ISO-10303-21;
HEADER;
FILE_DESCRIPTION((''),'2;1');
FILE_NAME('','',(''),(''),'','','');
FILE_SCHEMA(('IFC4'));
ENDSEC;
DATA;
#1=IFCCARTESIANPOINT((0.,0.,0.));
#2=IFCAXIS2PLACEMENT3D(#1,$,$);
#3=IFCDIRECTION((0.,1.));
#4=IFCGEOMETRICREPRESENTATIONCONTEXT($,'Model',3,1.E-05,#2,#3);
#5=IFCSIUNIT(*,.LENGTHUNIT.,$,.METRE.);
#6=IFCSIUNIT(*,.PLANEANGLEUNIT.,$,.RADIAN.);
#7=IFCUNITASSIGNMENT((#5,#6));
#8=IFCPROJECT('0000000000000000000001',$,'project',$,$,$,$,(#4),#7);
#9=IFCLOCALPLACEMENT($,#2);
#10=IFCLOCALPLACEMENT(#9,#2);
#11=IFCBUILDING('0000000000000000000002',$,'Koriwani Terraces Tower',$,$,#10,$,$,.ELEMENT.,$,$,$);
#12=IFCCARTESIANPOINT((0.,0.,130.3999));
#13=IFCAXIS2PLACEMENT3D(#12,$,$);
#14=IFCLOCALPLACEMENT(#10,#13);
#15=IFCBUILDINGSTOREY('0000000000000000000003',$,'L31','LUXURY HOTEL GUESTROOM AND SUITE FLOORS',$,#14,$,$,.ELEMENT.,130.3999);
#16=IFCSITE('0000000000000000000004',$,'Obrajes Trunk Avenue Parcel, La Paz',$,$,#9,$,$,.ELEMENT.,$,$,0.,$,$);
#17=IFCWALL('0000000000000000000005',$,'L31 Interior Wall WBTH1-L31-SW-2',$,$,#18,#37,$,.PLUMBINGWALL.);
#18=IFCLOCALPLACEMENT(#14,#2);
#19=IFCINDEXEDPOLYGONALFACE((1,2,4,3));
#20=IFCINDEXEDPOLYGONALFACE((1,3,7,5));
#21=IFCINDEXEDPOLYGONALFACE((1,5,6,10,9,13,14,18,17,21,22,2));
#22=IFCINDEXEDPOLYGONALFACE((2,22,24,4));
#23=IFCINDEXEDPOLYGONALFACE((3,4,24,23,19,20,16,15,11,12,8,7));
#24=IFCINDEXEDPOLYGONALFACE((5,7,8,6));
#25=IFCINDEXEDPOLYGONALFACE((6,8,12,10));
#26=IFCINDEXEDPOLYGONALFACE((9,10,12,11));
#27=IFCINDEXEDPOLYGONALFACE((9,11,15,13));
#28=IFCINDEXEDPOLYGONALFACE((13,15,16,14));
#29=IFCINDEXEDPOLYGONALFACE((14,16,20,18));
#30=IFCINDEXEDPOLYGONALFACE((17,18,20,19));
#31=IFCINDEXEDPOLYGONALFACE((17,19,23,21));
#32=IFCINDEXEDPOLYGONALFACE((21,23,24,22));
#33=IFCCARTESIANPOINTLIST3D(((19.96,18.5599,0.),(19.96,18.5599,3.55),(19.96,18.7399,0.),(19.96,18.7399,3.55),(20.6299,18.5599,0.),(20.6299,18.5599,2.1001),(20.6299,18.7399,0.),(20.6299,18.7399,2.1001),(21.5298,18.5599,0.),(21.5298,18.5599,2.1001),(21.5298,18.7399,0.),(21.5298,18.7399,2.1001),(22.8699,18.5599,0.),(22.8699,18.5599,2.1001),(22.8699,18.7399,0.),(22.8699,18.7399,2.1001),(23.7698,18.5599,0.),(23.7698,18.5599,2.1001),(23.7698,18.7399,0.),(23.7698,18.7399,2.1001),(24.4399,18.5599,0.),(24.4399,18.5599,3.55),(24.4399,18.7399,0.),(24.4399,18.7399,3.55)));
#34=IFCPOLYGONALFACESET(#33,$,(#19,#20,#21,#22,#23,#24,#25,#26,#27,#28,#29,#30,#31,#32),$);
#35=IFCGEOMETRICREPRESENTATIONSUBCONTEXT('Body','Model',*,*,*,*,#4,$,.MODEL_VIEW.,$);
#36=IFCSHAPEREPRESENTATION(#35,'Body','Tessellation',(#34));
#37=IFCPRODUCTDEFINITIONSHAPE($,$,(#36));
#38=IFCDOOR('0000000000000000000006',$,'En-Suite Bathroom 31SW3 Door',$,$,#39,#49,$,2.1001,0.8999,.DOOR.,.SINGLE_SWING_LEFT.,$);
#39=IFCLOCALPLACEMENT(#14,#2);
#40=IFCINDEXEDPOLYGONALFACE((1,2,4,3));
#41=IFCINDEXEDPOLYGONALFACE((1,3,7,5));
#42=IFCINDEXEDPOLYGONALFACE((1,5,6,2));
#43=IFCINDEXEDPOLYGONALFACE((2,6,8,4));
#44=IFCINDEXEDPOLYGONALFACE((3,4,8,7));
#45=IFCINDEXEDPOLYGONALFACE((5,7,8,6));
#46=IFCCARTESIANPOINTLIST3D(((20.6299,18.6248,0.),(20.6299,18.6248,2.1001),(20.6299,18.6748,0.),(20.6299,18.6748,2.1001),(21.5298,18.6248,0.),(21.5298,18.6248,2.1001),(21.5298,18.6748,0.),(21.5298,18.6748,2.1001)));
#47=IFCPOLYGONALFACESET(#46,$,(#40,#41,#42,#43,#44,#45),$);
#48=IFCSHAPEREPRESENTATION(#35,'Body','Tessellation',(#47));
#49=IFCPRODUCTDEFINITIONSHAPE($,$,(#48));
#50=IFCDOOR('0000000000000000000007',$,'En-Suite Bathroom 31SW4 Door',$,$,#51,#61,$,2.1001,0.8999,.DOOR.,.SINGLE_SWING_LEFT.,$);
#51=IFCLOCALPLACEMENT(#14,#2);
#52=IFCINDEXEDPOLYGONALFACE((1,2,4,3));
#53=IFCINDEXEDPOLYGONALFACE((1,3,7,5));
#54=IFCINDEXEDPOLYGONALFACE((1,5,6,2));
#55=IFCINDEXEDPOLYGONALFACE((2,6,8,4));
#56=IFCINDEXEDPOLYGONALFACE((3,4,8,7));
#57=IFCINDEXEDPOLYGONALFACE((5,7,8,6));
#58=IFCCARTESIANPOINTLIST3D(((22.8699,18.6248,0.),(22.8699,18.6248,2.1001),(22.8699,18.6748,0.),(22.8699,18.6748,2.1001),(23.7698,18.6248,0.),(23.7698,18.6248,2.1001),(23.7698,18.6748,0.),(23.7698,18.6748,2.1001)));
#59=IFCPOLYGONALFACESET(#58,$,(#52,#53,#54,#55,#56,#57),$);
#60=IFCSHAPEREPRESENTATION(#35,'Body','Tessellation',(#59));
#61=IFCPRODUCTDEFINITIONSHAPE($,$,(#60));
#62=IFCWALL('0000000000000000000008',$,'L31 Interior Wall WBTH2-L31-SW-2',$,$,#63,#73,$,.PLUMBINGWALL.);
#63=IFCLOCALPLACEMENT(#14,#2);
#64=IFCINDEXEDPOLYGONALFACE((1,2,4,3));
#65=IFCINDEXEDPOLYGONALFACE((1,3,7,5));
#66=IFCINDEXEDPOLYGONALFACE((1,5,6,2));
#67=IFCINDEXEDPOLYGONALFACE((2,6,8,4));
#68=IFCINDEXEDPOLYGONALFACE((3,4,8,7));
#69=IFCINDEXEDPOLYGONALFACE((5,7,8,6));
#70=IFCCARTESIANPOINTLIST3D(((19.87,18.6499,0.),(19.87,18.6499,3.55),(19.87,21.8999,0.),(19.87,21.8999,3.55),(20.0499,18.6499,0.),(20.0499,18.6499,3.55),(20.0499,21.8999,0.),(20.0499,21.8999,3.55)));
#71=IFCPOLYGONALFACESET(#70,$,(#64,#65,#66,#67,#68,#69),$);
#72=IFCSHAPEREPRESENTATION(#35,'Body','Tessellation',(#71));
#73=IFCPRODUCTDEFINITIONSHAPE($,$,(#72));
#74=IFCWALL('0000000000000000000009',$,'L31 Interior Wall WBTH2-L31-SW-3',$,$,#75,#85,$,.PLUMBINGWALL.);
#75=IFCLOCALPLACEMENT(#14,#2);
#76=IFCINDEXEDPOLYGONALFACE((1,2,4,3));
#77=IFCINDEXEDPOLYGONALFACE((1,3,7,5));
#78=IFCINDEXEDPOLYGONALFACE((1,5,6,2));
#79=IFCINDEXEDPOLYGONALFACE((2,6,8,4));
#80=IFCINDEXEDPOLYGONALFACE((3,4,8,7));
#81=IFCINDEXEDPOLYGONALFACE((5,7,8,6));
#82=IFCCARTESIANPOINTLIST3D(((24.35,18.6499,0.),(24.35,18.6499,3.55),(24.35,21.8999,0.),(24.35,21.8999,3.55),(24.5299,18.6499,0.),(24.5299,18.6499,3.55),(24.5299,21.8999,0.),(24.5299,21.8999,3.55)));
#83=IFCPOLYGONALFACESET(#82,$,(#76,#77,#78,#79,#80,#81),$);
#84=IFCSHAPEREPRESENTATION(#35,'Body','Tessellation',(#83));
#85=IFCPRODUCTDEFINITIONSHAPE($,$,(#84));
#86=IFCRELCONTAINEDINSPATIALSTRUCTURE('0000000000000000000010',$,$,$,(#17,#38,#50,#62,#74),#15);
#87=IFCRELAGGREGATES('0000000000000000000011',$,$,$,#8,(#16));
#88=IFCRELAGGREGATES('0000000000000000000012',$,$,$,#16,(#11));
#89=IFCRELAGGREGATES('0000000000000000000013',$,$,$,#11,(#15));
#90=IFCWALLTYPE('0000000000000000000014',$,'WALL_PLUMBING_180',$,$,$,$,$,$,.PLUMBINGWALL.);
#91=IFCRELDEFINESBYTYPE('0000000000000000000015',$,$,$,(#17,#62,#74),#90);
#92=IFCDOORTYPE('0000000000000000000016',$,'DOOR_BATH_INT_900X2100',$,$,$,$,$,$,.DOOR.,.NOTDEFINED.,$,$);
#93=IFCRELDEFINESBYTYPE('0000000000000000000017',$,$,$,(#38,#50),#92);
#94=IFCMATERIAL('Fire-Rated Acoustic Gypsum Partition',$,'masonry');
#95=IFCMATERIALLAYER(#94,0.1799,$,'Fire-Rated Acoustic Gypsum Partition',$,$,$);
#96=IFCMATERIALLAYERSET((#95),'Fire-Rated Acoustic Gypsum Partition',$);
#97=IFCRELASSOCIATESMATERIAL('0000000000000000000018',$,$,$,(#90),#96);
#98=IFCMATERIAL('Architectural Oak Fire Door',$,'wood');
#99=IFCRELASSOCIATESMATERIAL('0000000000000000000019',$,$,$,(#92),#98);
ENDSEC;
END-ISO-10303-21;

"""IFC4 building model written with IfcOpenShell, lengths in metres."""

from ifc_helpers import new_model, si_unit, direction, frame, frame_2d, origin, place, context, subcontext, project, spatial, rectangle, extrude, material, layer, layer_set, type_object, element, fill, save


model = new_model("IFC4")

# Units and contexts
model_context = context("Model", 3, precision=1e-05, world=origin(), true_north=direction((0.0, 1.0)))
body_context = subcontext(model_context, "Body", "Model", "MODEL_VIEW")
ifc_project = project(units=[si_unit("LENGTHUNIT", "METRE"), si_unit("PLANEANGLEUNIT", "RADIAN")], contexts=[model_context])

# Site, building, storey
site_placement = place(None, origin())
site = spatial("IfcSite", under=ifc_project, at=site_placement, Name="Obrajes Trunk Avenue Parcel, La Paz", CompositionType="ELEMENT", RefElevation=0.0)
building_placement = place(site_placement, origin())
building = spatial("IfcBuilding", under=site, at=building_placement, Name="Koriwani Terraces Tower", CompositionType="ELEMENT")
storey_placement = place(building_placement, frame((0.0, 0.0, 130.3999)))
storey = spatial("IfcBuildingStorey", under=building, at=storey_placement, Name="L31", Description="LUXURY HOTEL GUESTROOM AND SUITE FLOORS", CompositionType="ELEMENT", Elevation=130.3999)

# Shared definitions
ifc_material_1 = material(Name="Architectural Oak Fire Door", Category="wood")

# Wall, openings, doors
ifc_material_2 = material(Name="Fire-Rated Acoustic Gypsum Partition", Category="masonry")
ifc_layer_1 = layer(ifc_material_2, 0.1799, Name="Fire-Rated Acoustic Gypsum Partition")
ifc_layer_set_1 = layer_set([ifc_layer_1], Name="Fire-Rated Acoustic Gypsum Partition")
wall_type_1 = type_object("IfcWallType", Name="WALL_PLUMBING_180", PredefinedType="PLUMBINGWALL", material=ifc_layer_set_1)
wall_1_placement = place(storey_placement, frame((19.96, 18.6499, 0.0), z_axis=(0.0, 0.0, 1.0), x_axis=(1.0, 0.0, 0.0)))
wall_1 = element("IfcWall", 1, at=wall_1_placement, inside=storey, type_object=wall_type_1, Name="L31 Interior Wall WBTH1-L31-SW-2", PredefinedType="PLUMBINGWALL", context=body_context, shape_type="SweptSolid", body=[
    extrude(rectangle(XDim=4.48, YDim=0.1799, at=frame_2d((2.24, 0.0))), origin(), (0.0, 0.0, 1.0), 3.55),
])
opening_1_placement = place(wall_1_placement, frame((0.6699, 0.0, 0.0)))
opening_1 = element("IfcOpeningElement", 2, at=opening_1_placement, cuts=wall_1, PredefinedType="OPENING", context=body_context, shape_type="SweptSolid", body=[
    extrude(rectangle(XDim=0.8999, YDim=2.1001, at=frame_2d((0.45, 1.05))), frame((0.0, 0.1001, 0.0), z_axis=(0.0, -1.0, 0.0), x_axis=(1.0, 0.0, 0.0)), (0.0, 0.0, 1.0), 0.2),
])
opening_2_placement = place(wall_1_placement, frame((2.9099, 0.0, 0.0)))
opening_2 = element("IfcOpeningElement", 3, at=opening_2_placement, cuts=wall_1, PredefinedType="OPENING", context=body_context, shape_type="SweptSolid", body=[
    extrude(rectangle(XDim=0.8999, YDim=2.1001, at=frame_2d((0.45, 1.05))), frame((0.0, 0.1001, 0.0), z_axis=(0.0, -1.0, 0.0), x_axis=(1.0, 0.0, 0.0)), (0.0, 0.0, 1.0), 0.2),
])
door_type_1 = type_object("IfcDoorType", Name="DOOR_BATH_INT_900X2100", OperationType="NOTDEFINED", PredefinedType="DOOR", material=ifc_material_1)
door_1_placement = place(opening_1_placement, origin())
door_1 = element("IfcDoor", 4, at=door_1_placement, inside=storey, type_object=door_type_1, Name="En-Suite Bathroom 31SW3 Door", OperationType="SINGLE_SWING_LEFT", OverallHeight=2.1001, OverallWidth=0.8999, PredefinedType="DOOR", context=body_context, shape_type="SweptSolid", body=[
    extrude(rectangle(XDim=0.8999, YDim=2.1001, at=frame_2d((0.45, 1.05))), frame((0.0, 0.0249, 0.0), z_axis=(0.0, -1.0, 0.0), x_axis=(1.0, 0.0, 0.0)), (0.0, 0.0, 1.0), 0.05),
])
fill(opening_1, door_1)
door_2_placement = place(opening_2_placement, origin())
door_2 = element("IfcDoor", 5, at=door_2_placement, inside=storey, type_object=door_type_1, Name="En-Suite Bathroom 31SW4 Door", OperationType="SINGLE_SWING_LEFT", OverallHeight=2.1001, OverallWidth=0.8999, PredefinedType="DOOR", context=body_context, shape_type="SweptSolid", body=[
    extrude(rectangle(XDim=0.8999, YDim=2.1001, at=frame_2d((0.45, 1.05))), frame((0.0, 0.0249, 0.0), z_axis=(0.0, -1.0, 0.0), x_axis=(1.0, 0.0, 0.0)), (0.0, 0.0, 1.0), 0.05),
])
fill(opening_2, door_2)

# Walls
for number, where, z_axis, x_axis, name in (
    (6, (19.96, 18.6499, 0.0), (0.0, 0.0, 1.0), (0.0, 1.0, 0.0), "L31 Interior Wall WBTH2-L31-SW-2"),
    (7, (24.4399, 18.6499, 0.0), (0.0, 0.0, 1.0), (0.0, 1.0, 0.0), "L31 Interior Wall WBTH2-L31-SW-3"),
):
    element("IfcWall", number, at=place(storey_placement, frame(where, z_axis=z_axis, x_axis=x_axis)), inside=storey, type_object=wall_type_1, Name=name, PredefinedType="PLUMBINGWALL", context=body_context, shape_type="SweptSolid", body=[
        extrude(rectangle(XDim=3.25, YDim=0.1799, at=frame_2d((1.625, 0.0))), origin(), (0.0, 0.0, 1.0), 3.55),
    ])

save(model, "model.ifc")
